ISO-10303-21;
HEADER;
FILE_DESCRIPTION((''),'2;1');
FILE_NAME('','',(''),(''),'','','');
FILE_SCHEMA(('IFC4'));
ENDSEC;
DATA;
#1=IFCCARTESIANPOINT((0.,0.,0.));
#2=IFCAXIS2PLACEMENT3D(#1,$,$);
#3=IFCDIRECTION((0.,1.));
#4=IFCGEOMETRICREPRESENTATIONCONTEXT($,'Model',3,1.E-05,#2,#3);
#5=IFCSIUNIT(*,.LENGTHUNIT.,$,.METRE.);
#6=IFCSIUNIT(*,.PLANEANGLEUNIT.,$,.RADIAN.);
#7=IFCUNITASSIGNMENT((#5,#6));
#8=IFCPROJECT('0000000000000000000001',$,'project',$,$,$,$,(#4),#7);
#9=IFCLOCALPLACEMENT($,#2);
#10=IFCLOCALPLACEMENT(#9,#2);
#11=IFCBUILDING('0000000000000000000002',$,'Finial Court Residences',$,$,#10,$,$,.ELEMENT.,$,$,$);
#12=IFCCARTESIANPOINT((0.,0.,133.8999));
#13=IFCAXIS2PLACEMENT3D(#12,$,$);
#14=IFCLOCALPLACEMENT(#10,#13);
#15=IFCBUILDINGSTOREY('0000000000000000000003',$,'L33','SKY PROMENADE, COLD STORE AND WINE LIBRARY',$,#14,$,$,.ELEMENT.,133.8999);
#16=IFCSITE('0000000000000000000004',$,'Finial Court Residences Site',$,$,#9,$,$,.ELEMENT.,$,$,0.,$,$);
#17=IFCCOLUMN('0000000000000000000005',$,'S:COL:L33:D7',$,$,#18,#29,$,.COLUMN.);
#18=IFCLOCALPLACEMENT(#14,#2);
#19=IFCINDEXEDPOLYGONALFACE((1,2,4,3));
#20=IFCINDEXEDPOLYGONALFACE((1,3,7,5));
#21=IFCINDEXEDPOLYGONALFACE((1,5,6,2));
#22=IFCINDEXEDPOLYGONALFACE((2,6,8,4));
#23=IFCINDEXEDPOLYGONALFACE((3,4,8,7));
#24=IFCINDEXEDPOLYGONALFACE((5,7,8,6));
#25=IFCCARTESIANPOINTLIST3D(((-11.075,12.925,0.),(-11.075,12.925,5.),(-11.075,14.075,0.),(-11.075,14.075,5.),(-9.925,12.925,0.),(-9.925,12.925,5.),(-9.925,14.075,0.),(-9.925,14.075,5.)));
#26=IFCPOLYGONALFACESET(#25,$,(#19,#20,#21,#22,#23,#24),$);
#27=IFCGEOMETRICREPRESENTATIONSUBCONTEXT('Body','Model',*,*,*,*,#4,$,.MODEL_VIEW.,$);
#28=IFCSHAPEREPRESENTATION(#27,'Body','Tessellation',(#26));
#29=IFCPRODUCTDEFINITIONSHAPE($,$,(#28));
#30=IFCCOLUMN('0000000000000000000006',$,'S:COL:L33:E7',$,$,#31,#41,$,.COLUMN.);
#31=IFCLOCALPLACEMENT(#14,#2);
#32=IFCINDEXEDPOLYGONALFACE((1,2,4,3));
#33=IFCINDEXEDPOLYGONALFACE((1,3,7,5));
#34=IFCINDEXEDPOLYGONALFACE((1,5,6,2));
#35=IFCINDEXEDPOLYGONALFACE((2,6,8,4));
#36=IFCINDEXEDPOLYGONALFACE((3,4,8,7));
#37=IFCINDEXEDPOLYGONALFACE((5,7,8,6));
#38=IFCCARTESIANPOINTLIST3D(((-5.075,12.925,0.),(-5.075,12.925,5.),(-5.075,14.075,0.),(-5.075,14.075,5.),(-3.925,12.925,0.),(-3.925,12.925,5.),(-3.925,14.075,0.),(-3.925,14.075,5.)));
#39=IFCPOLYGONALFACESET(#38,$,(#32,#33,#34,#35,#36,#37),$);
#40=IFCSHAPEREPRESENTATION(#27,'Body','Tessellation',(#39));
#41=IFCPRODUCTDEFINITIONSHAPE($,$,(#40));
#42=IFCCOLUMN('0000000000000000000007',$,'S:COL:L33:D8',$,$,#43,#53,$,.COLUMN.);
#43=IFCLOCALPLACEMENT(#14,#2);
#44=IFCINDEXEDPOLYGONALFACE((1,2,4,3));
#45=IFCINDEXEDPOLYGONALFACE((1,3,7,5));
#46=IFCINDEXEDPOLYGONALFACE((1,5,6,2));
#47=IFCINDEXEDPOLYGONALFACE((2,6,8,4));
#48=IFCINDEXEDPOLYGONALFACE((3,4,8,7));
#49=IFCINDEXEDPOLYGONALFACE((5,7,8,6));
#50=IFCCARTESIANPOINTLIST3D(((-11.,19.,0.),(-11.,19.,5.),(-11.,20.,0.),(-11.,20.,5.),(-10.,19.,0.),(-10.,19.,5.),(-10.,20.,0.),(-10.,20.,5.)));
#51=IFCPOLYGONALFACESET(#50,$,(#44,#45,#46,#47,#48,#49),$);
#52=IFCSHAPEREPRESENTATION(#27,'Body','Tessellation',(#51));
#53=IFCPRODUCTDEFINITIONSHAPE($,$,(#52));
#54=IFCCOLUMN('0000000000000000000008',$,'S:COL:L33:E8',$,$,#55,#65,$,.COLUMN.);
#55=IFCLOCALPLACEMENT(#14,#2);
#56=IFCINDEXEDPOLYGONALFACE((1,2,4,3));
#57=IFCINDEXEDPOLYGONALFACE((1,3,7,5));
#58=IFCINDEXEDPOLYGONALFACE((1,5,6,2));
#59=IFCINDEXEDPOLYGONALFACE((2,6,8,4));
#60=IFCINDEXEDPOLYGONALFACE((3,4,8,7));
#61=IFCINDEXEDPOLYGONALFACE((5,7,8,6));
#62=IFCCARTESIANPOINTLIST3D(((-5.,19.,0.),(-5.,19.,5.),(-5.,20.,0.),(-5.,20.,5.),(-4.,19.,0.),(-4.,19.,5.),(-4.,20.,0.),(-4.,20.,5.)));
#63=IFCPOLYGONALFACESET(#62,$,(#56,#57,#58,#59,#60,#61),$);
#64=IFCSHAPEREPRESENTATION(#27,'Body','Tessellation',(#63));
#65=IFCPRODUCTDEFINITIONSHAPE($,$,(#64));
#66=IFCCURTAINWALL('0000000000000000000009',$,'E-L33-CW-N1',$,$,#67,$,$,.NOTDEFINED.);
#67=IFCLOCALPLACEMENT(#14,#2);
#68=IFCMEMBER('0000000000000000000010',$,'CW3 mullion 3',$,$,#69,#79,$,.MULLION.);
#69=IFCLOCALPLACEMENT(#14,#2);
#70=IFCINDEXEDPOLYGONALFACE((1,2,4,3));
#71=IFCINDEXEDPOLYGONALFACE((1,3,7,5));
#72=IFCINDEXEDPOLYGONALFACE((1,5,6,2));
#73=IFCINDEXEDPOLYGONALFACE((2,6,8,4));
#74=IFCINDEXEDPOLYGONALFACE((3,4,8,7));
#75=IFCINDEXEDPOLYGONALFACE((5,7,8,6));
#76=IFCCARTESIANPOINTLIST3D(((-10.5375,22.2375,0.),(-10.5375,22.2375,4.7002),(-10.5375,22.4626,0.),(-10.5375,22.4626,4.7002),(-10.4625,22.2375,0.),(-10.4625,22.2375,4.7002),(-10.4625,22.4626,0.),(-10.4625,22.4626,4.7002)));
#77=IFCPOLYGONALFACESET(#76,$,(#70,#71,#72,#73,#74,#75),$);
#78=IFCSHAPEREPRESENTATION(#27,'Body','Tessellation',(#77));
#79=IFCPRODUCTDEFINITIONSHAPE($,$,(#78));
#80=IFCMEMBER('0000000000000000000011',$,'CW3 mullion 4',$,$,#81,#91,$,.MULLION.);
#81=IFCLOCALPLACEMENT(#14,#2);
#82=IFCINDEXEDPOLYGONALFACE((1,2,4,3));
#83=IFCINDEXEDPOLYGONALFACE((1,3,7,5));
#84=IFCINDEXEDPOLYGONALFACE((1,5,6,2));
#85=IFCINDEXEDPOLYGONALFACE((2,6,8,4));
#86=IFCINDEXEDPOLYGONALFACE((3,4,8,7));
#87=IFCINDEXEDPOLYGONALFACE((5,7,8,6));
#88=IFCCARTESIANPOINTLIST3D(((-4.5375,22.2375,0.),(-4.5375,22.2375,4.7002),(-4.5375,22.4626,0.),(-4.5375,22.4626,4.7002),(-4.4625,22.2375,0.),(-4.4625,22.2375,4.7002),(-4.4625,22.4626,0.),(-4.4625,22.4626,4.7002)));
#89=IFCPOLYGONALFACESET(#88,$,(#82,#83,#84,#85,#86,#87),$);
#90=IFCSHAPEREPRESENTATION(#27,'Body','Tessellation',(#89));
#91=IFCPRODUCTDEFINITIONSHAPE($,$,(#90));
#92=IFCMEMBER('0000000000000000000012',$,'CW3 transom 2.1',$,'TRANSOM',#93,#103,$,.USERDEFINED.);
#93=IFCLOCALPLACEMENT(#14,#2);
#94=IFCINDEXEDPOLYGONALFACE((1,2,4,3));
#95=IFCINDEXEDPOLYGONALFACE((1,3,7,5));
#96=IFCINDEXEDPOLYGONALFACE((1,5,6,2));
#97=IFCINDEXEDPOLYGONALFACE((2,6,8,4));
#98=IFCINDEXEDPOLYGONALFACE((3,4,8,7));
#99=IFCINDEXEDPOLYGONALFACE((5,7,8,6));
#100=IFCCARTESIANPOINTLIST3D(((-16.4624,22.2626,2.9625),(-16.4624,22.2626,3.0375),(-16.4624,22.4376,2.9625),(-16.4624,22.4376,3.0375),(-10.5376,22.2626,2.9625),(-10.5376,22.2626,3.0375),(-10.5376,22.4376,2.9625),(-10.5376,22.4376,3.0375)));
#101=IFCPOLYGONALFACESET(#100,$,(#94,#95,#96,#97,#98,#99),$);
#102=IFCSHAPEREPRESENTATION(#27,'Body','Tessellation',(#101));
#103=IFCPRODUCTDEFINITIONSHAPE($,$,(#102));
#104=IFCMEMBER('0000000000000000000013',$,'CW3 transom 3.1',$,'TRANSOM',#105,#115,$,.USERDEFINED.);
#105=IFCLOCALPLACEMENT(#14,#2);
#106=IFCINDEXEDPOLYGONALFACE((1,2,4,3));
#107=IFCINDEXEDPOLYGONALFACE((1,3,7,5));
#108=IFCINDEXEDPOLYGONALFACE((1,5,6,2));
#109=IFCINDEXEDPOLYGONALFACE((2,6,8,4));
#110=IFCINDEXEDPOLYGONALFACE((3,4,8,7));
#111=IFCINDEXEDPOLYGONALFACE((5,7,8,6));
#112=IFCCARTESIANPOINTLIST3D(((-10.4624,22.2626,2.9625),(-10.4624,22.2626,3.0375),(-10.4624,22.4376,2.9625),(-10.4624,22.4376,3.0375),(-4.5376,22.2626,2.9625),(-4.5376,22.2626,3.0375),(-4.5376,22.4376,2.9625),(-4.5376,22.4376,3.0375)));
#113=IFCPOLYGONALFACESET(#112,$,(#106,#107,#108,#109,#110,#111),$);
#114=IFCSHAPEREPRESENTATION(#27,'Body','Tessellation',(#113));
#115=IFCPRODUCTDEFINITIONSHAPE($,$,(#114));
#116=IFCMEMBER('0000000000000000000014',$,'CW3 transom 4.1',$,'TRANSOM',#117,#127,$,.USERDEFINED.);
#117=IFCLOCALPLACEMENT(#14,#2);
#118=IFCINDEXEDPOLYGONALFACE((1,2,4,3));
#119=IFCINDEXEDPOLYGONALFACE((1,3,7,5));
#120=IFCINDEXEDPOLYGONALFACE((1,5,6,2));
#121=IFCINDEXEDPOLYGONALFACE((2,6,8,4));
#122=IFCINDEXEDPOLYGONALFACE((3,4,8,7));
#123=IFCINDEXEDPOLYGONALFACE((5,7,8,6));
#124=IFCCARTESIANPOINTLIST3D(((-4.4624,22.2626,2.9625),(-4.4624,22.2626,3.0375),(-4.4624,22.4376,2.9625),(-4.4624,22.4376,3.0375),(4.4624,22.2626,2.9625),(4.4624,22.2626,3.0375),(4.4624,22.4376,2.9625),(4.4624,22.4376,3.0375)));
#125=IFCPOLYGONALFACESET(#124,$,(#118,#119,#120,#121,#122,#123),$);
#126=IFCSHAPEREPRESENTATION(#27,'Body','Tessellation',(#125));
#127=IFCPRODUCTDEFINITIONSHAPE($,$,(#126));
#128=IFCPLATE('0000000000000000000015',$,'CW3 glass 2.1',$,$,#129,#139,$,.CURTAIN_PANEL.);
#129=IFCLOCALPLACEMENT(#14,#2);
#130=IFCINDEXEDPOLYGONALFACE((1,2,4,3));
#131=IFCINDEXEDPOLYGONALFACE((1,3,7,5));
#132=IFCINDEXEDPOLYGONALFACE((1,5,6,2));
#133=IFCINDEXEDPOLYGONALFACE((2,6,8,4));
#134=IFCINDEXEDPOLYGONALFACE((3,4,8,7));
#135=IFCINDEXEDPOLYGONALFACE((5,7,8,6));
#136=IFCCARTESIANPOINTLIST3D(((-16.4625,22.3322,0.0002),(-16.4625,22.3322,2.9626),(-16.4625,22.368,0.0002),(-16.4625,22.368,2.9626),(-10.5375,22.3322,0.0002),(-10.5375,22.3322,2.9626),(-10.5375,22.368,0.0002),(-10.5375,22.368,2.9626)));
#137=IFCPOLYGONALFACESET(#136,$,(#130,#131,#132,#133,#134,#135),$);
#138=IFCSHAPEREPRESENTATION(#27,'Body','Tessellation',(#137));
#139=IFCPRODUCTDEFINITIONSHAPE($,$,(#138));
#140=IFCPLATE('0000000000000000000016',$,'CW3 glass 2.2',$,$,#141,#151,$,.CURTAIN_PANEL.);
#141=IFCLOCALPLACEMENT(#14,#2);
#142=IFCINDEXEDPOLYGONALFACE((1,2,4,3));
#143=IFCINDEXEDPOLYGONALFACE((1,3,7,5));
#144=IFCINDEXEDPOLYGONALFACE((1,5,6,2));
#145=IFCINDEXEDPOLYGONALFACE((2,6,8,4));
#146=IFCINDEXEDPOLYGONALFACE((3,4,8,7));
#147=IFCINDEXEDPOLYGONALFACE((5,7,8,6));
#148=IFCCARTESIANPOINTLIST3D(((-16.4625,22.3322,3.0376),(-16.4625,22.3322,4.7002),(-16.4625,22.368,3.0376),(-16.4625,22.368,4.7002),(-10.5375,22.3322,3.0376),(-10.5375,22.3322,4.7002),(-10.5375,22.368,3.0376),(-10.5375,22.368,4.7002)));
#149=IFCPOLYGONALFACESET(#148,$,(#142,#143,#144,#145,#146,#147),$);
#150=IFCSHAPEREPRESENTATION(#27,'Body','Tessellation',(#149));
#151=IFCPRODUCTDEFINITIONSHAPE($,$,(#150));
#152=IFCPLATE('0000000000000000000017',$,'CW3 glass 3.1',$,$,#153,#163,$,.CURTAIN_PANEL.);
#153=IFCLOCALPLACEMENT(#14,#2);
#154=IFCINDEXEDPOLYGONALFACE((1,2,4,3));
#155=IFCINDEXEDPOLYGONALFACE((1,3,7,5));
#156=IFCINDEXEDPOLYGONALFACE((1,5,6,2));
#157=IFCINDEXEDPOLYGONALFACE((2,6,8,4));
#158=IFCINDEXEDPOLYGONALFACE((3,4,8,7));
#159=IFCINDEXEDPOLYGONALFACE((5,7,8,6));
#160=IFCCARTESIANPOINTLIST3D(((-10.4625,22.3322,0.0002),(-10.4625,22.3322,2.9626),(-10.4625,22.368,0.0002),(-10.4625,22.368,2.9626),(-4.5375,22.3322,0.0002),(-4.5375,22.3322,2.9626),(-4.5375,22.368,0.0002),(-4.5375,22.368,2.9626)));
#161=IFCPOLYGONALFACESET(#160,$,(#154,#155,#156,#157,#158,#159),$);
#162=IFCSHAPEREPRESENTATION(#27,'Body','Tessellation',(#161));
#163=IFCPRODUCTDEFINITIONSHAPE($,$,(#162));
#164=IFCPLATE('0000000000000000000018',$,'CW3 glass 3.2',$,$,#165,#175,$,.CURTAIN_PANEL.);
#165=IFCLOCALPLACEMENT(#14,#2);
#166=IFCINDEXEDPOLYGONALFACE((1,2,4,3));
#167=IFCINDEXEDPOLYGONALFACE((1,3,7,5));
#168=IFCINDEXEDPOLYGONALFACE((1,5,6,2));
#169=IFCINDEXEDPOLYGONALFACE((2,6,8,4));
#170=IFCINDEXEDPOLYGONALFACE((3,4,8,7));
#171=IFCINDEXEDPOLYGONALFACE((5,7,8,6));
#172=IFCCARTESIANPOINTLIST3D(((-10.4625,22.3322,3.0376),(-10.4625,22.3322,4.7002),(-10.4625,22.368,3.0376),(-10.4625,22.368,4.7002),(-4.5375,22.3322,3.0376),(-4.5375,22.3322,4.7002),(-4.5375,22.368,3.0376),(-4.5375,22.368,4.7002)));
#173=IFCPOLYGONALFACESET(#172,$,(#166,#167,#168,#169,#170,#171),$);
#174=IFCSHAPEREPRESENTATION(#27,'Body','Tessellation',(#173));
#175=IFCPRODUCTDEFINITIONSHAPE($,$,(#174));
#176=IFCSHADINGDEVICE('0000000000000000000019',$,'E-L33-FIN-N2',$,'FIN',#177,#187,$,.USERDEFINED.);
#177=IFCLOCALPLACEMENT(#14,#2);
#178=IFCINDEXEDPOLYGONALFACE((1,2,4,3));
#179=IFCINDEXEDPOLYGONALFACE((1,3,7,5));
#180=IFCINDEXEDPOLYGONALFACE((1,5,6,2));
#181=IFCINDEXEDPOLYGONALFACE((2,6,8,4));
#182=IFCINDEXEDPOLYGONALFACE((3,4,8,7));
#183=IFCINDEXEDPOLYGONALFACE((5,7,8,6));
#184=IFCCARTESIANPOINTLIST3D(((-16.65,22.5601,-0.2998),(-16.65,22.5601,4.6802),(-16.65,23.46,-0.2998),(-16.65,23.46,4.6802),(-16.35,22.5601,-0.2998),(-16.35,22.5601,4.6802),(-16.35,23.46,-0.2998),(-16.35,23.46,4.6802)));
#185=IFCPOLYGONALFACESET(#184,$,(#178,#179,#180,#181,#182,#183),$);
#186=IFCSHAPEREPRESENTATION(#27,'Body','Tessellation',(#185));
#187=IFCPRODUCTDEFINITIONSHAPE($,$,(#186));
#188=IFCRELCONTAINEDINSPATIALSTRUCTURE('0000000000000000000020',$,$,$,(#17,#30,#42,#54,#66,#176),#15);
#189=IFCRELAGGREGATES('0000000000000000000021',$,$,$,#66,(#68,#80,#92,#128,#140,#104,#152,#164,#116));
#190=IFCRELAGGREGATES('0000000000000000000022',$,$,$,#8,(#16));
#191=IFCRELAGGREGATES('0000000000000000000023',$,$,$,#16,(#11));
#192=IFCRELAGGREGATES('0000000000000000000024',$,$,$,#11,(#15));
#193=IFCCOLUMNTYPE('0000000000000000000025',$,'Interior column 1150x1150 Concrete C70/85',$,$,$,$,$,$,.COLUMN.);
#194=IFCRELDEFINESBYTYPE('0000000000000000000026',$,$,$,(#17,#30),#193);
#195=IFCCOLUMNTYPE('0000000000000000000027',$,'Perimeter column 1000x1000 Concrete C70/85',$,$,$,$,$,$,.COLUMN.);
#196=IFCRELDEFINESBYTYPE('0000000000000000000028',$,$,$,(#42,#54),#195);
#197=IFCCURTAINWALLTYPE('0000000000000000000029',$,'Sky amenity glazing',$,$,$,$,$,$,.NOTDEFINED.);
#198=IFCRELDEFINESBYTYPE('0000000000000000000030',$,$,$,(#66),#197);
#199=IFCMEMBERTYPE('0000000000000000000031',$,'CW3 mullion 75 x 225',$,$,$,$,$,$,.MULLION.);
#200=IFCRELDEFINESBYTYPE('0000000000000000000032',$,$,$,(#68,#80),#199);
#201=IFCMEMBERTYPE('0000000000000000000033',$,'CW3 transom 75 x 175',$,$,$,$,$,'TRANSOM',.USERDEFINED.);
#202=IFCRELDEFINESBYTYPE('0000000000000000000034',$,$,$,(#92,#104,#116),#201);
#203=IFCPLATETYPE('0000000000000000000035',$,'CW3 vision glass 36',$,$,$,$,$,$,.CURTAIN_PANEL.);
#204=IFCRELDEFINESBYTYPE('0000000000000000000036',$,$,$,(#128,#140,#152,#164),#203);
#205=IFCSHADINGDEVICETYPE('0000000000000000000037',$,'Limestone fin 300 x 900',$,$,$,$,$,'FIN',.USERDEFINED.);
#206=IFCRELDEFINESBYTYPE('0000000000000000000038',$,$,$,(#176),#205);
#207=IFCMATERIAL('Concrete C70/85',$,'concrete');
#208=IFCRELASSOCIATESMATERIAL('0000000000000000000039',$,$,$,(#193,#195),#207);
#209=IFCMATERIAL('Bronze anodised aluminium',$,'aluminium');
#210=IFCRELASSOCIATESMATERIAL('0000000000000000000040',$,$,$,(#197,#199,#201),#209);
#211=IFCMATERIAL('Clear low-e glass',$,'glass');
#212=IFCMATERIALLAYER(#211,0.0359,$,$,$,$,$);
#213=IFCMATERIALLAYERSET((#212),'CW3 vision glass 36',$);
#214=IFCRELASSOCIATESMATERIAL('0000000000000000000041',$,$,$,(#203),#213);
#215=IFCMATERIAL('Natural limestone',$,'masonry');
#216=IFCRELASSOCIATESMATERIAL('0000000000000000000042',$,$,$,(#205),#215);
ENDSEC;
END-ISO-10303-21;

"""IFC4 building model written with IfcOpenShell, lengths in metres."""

from ifc_helpers import new_model, si_unit, direction, frame, origin, origin_2d, place, context, subcontext, project, spatial, rectangle, extrude, material, layer, layer_set, material_profile, profile_set, type_object, element, aggregate, save


model = new_model("IFC4")

# Units and contexts
model_context = context("Model", 3, precision=1e-05, world=origin(), true_north=direction((0.0, 1.0)))
body_context = subcontext(model_context, "Body", "Model", "MODEL_VIEW")
ifc_project = project(units=[si_unit("LENGTHUNIT", "METRE"), si_unit("PLANEANGLEUNIT", "RADIAN")], contexts=[model_context])

# Site, building, storey
site_placement = place(None, origin())
site = spatial("IfcSite", under=ifc_project, at=site_placement, Name="Finial Court Residences Site", CompositionType="ELEMENT", RefElevation=0.0)
building_placement = place(site_placement, origin())
building = spatial("IfcBuilding", under=site, at=building_placement, Name="Finial Court Residences", CompositionType="ELEMENT")
storey_placement = place(building_placement, frame((0.0, 0.0, 133.8999)))
storey = spatial("IfcBuildingStorey", under=building, at=storey_placement, Name="L33", Description="SKY PROMENADE, COLD STORE AND WINE LIBRARY", CompositionType="ELEMENT", Elevation=133.8999)

# Columns
ifc_material_1 = material(Name="Concrete C70/85", Category="concrete")
ifc_material_profile_1 = material_profile(ifc_material_1, rectangle(XDim=1.1499, YDim=1.1499, at=origin_2d()), Name="1150x1150")
ifc_profile_set_1 = profile_set([ifc_material_profile_1], Name="Concrete C70/85")
column_type_1 = type_object("IfcColumnType", Name="Interior column 1150x1150 Concrete C70/85", PredefinedType="COLUMN", material=ifc_profile_set_1)
for number, where, z_axis, x_axis, name in (
    (1, (-10.5, 13.5, 0.0), (0.0, 0.0, 1.0), (1.0, 0.0, 0.0), "S:COL:L33:D7"),
    (2, (-4.5, 13.5, 0.0), (0.0, 0.0, 1.0), (1.0, 0.0, 0.0), "S:COL:L33:E7"),
):
    element("IfcColumn", number, at=place(storey_placement, frame(where, z_axis=z_axis, x_axis=x_axis)), inside=storey, type_object=column_type_1, Name=name, PredefinedType="COLUMN", context=body_context, shape_type="SweptSolid", body=[
        extrude(rectangle(XDim=1.1499, YDim=1.1499, at=origin_2d()), origin(), (0.0, 0.0, 1.0), 5.0),
    ])
ifc_material_profile_2 = material_profile(ifc_material_1, rectangle(XDim=1.0, YDim=1.0, at=origin_2d()), Name="1000x1000")
ifc_profile_set_2 = profile_set([ifc_material_profile_2], Name="Concrete C70/85")
column_type_2 = type_object("IfcColumnType", Name="Perimeter column 1000x1000 Concrete C70/85", PredefinedType="COLUMN", material=ifc_profile_set_2)
for number, where, z_axis, x_axis, name in (
    (3, (-10.5, 19.5, 0.0), (0.0, 0.0, 1.0), (1.0, 0.0, 0.0), "S:COL:L33:D8"),
    (4, (-4.5, 19.5, 0.0), (0.0, 0.0, 1.0), (1.0, 0.0, 0.0), "S:COL:L33:E8"),
):
    element("IfcColumn", number, at=place(storey_placement, frame(where, z_axis=z_axis, x_axis=x_axis)), inside=storey, type_object=column_type_2, Name=name, PredefinedType="COLUMN", context=body_context, shape_type="SweptSolid", body=[
        extrude(rectangle(XDim=1.0, YDim=1.0, at=origin_2d()), origin(), (0.0, 0.0, 1.0), 5.0),
    ])

# Curtain wall, members, plates
ifc_material_2 = material(Name="Bronze anodised aluminium", Category="aluminium")
curtain_wall_type = type_object("IfcCurtainWallType", Name="Sky amenity glazing", PredefinedType="NOTDEFINED", material=ifc_material_2)
curtain_wall_placement = place(storey_placement, origin())
curtain_wall = element("IfcCurtainWall", 5, at=curtain_wall_placement, inside=storey, type_object=curtain_wall_type, Name="E-L33-CW-N1", PredefinedType="NOTDEFINED")
ifc_material_profile_3 = material_profile(ifc_material_2, rectangle(XDim=0.2251, YDim=0.075, at=origin_2d()), Name="CW3 mullion 75 x 225")
ifc_profile_set_3 = profile_set([ifc_material_profile_3], Name="Bronze anodised aluminium")
member_type_1 = type_object("IfcMemberType", Name="CW3 mullion 75 x 225", PredefinedType="MULLION", material=ifc_profile_set_3)
member_1_placement = place(storey_placement, frame((-10.5, 22.3501, 0.0), z_axis=(0.0, 0.0, 1.0), x_axis=(0.0, 1.0, 0.0)))
member_1 = element("IfcMember", 6, at=member_1_placement, type_object=member_type_1, Name="CW3 mullion 3", PredefinedType="MULLION", context=body_context, shape_type="SweptSolid", body=[
    extrude(rectangle(XDim=0.2251, YDim=0.075, at=origin_2d()), origin(), (0.0, 0.0, 1.0), 4.7002),
])
member_2_placement = place(storey_placement, frame((-4.5, 22.3501, 0.0), z_axis=(0.0, 0.0, 1.0), x_axis=(0.0, 1.0, 0.0)))
member_2 = element("IfcMember", 7, at=member_2_placement, type_object=member_type_1, Name="CW3 mullion 4", PredefinedType="MULLION", context=body_context, shape_type="SweptSolid", body=[
    extrude(rectangle(XDim=0.2251, YDim=0.075, at=origin_2d()), origin(), (0.0, 0.0, 1.0), 4.7002),
])
ifc_material_profile_4 = material_profile(ifc_material_2, rectangle(XDim=0.175, YDim=0.075, at=origin_2d()), Name="CW3 transom 75 x 175")
ifc_profile_set_4 = profile_set([ifc_material_profile_4], Name="Bronze anodised aluminium")
member_type_2 = type_object("IfcMemberType", Name="CW3 transom 75 x 175", ElementType="TRANSOM", PredefinedType="USERDEFINED", material=ifc_profile_set_4)
member_3_placement = place(storey_placement, frame((-16.4624, 22.3501, 3.0), z_axis=(1.0, 0.0, 0.0), x_axis=(0.0, 1.0, 0.0)))
member_3 = element("IfcMember", 8, at=member_3_placement, type_object=member_type_2, Name="CW3 transom 2.1", ObjectType="TRANSOM", PredefinedType="USERDEFINED", context=body_context, shape_type="SweptSolid", body=[
    extrude(rectangle(XDim=0.175, YDim=0.075, at=origin_2d()), origin(), (0.0, 0.0, 1.0), 5.9248),
])
member_4_placement = place(storey_placement, frame((-10.4624, 22.3501, 3.0), z_axis=(1.0, 0.0, 0.0), x_axis=(0.0, 1.0, 0.0)))
member_4 = element("IfcMember", 9, at=member_4_placement, type_object=member_type_2, Name="CW3 transom 3.1", ObjectType="TRANSOM", PredefinedType="USERDEFINED", context=body_context, shape_type="SweptSolid", body=[
    extrude(rectangle(XDim=0.175, YDim=0.075, at=origin_2d()), origin(), (0.0, 0.0, 1.0), 5.9248),
])
member_5_placement = place(storey_placement, frame((-4.4624, 22.3501, 3.0), z_axis=(1.0, 0.0, 0.0), x_axis=(0.0, 1.0, 0.0)))
member_5 = element("IfcMember", 10, at=member_5_placement, type_object=member_type_2, Name="CW3 transom 4.1", ObjectType="TRANSOM", PredefinedType="USERDEFINED", context=body_context, shape_type="SweptSolid", body=[
    extrude(rectangle(XDim=0.175, YDim=0.075, at=origin_2d()), origin(), (0.0, 0.0, 1.0), 8.9248),
])
ifc_material_3 = material(Name="Clear low-e glass", Category="glass")
ifc_layer = layer(ifc_material_3, 0.0359)
ifc_layer_set = layer_set([ifc_layer], Name="CW3 vision glass 36")
plate_type = type_object("IfcPlateType", Name="CW3 vision glass 36", PredefinedType="CURTAIN_PANEL", material=ifc_layer_set)
plate_1_placement = place(storey_placement, frame((-13.5, 22.3501, 0.0002), z_axis=(0.0, 0.0, 1.0), x_axis=(1.0, 0.0, 0.0)))
plate_1 = element("IfcPlate", 11, at=plate_1_placement, type_object=plate_type, Name="CW3 glass 2.1", PredefinedType="CURTAIN_PANEL", context=body_context, shape_type="SweptSolid", body=[
    extrude(rectangle(XDim=5.925, YDim=0.0359, at=origin_2d()), origin(), (0.0, 0.0, 1.0), 2.9624),
])
plate_2_placement = place(storey_placement, frame((-13.5, 22.3501, 3.0376), z_axis=(0.0, 0.0, 1.0), x_axis=(1.0, 0.0, 0.0)))
plate_2 = element("IfcPlate", 12, at=plate_2_placement, type_object=plate_type, Name="CW3 glass 2.2", PredefinedType="CURTAIN_PANEL", context=body_context, shape_type="SweptSolid", body=[
    extrude(rectangle(XDim=5.925, YDim=0.0359, at=origin_2d()), origin(), (0.0, 0.0, 1.0), 1.6626),
])
plate_3_placement = place(storey_placement, frame((-7.5, 22.3501, 0.0002), z_axis=(0.0, 0.0, 1.0), x_axis=(1.0, 0.0, 0.0)))
plate_3 = element("IfcPlate", 13, at=plate_3_placement, type_object=plate_type, Name="CW3 glass 3.1", PredefinedType="CURTAIN_PANEL", context=body_context, shape_type="SweptSolid", body=[
    extrude(rectangle(XDim=5.925, YDim=0.0359, at=origin_2d()), origin(), (0.0, 0.0, 1.0), 2.9624),
])
plate_4_placement = place(storey_placement, frame((-7.5, 22.3501, 3.0376), z_axis=(0.0, 0.0, 1.0), x_axis=(1.0, 0.0, 0.0)))
plate_4 = element("IfcPlate", 14, at=plate_4_placement, type_object=plate_type, Name="CW3 glass 3.2", PredefinedType="CURTAIN_PANEL", context=body_context, shape_type="SweptSolid", body=[
    extrude(rectangle(XDim=5.925, YDim=0.0359, at=origin_2d()), origin(), (0.0, 0.0, 1.0), 1.6626),
])
aggregate(curtain_wall, [member_1, member_2, member_3, plate_1, plate_2, member_4, plate_3, plate_4, member_5])

# Shading device
ifc_material_4 = material(Name="Natural limestone", Category="masonry")
shading_device_type = type_object("IfcShadingDeviceType", Name="Limestone fin 300 x 900", ElementType="FIN", PredefinedType="USERDEFINED", material=ifc_material_4)
for number, where, z_axis, x_axis, name in (
    (15, (-16.5, 23.01, -0.2998), (0.0, 0.0, 1.0), (1.0, 0.0, 0.0), "E-L33-FIN-N2"),
):
    element("IfcShadingDevice", number, at=place(storey_placement, frame(where, z_axis=z_axis, x_axis=x_axis)), inside=storey, type_object=shading_device_type, Name=name, ObjectType="FIN", PredefinedType="USERDEFINED", context=body_context, shape_type="SweptSolid", body=[
        extrude(rectangle(XDim=0.3, YDim=0.8999, at=origin_2d()), origin(), (0.0, 0.0, 1.0), 4.98),
    ])

save(model, "model.ifc")
